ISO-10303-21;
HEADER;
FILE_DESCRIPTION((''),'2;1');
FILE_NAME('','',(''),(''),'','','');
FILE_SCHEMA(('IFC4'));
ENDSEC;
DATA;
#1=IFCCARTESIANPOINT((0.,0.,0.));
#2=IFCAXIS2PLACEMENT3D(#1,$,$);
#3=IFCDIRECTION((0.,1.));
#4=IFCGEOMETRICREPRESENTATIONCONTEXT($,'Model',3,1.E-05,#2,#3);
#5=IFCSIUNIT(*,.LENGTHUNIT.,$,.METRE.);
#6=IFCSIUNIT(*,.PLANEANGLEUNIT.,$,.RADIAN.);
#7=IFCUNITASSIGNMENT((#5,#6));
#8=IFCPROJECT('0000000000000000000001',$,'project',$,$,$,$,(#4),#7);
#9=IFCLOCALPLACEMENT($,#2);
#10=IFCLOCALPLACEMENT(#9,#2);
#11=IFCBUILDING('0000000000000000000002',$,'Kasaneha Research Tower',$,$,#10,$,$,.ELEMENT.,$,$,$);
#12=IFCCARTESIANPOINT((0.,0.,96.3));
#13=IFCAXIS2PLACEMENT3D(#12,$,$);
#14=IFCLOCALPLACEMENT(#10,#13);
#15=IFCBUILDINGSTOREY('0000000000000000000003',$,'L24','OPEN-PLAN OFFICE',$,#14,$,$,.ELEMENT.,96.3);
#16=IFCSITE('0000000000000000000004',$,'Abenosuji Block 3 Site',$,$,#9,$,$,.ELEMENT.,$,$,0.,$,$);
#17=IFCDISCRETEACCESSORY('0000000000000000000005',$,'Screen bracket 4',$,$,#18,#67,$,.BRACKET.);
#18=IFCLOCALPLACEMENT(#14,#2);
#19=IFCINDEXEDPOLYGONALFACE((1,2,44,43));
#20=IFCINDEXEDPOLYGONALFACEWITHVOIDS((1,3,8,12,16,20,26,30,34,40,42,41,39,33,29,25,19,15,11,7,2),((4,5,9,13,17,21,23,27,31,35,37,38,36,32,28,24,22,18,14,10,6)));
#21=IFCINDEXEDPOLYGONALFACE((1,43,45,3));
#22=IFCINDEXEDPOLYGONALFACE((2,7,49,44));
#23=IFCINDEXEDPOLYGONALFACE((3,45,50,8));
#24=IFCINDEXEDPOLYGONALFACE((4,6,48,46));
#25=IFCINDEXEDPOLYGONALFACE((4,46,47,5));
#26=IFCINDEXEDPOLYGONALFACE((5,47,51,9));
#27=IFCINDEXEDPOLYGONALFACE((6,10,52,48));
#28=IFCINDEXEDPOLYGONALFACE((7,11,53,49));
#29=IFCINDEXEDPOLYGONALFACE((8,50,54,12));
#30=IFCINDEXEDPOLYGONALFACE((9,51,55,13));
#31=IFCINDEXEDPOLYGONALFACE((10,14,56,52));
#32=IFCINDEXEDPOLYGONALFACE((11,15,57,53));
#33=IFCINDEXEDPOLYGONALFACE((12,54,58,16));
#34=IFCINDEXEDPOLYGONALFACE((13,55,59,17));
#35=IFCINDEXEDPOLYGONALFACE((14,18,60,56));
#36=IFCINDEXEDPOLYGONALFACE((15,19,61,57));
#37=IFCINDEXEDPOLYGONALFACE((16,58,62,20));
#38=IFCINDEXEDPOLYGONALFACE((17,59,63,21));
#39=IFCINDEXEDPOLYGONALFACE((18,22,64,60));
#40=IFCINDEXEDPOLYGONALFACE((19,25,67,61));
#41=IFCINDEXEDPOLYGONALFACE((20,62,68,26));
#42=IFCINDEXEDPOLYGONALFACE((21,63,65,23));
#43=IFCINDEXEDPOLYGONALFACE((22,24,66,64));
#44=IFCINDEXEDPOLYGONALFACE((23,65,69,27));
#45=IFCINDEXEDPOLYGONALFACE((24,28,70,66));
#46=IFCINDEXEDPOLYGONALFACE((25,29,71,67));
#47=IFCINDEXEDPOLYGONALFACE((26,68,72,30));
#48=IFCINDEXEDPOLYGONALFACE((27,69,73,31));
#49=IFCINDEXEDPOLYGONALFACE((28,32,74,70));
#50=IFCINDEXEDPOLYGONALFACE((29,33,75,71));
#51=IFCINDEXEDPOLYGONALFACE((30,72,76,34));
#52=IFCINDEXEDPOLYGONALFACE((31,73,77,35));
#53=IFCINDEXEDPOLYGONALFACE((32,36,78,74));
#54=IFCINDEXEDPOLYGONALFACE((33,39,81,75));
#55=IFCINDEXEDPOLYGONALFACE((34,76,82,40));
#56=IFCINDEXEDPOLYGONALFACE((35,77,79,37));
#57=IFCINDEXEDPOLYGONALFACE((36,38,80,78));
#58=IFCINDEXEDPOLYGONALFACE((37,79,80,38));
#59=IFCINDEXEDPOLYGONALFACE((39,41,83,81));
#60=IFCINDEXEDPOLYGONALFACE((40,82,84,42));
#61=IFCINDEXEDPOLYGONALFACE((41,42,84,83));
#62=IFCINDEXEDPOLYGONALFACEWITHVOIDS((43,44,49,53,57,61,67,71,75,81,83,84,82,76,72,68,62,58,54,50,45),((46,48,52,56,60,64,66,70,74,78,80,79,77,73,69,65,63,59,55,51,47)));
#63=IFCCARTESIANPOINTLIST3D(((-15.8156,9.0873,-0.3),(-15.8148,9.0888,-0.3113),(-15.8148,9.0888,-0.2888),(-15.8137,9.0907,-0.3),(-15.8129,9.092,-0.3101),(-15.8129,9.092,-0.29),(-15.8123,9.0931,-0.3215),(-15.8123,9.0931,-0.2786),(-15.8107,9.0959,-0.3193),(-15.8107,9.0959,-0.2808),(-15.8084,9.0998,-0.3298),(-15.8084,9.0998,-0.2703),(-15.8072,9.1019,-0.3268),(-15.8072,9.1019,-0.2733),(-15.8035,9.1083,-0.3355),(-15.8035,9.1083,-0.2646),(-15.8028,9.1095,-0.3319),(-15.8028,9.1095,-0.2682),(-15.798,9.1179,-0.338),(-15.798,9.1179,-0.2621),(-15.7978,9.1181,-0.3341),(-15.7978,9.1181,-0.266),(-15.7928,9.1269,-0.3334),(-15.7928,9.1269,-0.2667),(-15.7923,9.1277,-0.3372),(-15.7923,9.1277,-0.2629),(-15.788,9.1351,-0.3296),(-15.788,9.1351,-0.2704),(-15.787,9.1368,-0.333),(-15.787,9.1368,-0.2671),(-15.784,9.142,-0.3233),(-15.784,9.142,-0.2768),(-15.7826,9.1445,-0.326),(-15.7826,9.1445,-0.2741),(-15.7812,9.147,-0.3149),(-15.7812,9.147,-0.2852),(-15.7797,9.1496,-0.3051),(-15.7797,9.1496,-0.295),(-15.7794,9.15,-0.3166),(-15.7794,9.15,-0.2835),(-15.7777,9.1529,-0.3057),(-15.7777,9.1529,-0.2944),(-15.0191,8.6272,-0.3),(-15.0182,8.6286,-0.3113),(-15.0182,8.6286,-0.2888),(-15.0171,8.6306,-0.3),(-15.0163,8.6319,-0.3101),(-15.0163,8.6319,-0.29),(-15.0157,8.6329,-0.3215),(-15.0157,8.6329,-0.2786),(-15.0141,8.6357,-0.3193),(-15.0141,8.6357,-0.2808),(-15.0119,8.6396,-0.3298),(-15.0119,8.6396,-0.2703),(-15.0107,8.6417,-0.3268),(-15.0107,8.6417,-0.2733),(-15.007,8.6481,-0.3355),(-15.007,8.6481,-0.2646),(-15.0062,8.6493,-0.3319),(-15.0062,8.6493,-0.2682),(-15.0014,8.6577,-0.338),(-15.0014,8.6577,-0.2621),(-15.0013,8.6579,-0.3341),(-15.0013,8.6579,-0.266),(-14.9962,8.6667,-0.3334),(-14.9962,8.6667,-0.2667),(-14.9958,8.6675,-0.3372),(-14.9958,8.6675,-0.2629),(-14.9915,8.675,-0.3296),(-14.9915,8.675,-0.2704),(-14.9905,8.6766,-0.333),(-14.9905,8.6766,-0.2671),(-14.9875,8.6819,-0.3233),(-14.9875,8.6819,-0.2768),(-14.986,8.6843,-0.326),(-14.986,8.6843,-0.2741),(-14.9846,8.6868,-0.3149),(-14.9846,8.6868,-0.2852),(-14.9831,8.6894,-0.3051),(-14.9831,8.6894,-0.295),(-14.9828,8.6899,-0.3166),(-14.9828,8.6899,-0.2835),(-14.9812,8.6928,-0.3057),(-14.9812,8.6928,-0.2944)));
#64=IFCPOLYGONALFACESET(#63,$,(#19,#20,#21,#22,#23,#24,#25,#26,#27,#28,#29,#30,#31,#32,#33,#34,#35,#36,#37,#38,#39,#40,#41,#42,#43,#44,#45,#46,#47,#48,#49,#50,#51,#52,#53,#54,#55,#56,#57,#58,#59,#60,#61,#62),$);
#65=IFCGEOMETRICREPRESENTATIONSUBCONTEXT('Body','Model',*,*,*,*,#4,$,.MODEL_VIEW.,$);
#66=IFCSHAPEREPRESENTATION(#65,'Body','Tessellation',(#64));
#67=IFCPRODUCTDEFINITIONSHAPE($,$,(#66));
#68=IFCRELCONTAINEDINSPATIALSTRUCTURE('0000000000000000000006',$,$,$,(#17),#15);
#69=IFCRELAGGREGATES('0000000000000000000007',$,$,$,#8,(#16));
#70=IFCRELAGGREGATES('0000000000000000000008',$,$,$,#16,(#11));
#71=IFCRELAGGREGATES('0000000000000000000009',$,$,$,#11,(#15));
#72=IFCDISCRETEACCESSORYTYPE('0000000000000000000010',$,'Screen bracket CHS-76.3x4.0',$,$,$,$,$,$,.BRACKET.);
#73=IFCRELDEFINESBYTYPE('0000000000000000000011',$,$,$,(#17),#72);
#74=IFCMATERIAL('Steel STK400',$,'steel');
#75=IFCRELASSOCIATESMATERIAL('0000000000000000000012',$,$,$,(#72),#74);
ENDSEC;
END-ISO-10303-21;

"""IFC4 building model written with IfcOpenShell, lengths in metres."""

from ifc_helpers import new_model, si_unit, direction, frame, origin, origin_2d, place, context, subcontext, project, spatial, hollow_circle, extrude, material, material_profile, profile_set, type_object, element, save


model = new_model("IFC4")

# Units and contexts
model_context = context("Model", 3, precision=1e-05, world=origin(), true_north=direction((0.0, 1.0)))
body_context = subcontext(model_context, "Body", "Model", "MODEL_VIEW")
ifc_project = project(units=[si_unit("LENGTHUNIT", "METRE"), si_unit("PLANEANGLEUNIT", "RADIAN")], contexts=[model_context])

# Site, building, storey
site_placement = place(None, origin())
site = spatial("IfcSite", under=ifc_project, at=site_placement, Name="Abenosuji Block 3 Site", CompositionType="ELEMENT", RefElevation=0.0)
building_placement = place(site_placement, origin())
building = spatial("IfcBuilding", under=site, at=building_placement, Name="Kasaneha Research Tower", CompositionType="ELEMENT")
storey_placement = place(building_placement, frame((0.0, 0.0, 96.3)))
storey = spatial("IfcBuildingStorey", under=building, at=storey_placement, Name="L24", Description="OPEN-PLAN OFFICE", CompositionType="ELEMENT", Elevation=96.3)

# Discrete accessory
ifc_material_1 = material(Name="Steel STK400", Category="steel")
ifc_material_profile_1 = material_profile(ifc_material_1, hollow_circle(Radius=0.0381, WallThickness=0.0039, at=origin_2d()), Name="CHS-76.3x4.0")
ifc_profile_set_1 = profile_set([ifc_material_profile_1], Name="Steel STK400")
discrete_accessory_type = type_object("IfcDiscreteAccessoryType", Name="Screen bracket CHS-76.3x4.0", PredefinedType="BRACKET", material=ifc_profile_set_1)
for number, where, z_axis, x_axis, name in (
    (1, (-15.0, 8.6602, -0.3), (-0.865898, 0.50022, 0.0), (-0.50022, -0.865898, 0.0), "Screen bracket 4"),
):
    element("IfcDiscreteAccessory", number, at=place(storey_placement, frame(where, z_axis=z_axis, x_axis=x_axis)), inside=storey, type_object=discrete_accessory_type, Name=name, PredefinedType="BRACKET", context=body_context, shape_type="SweptSolid", body=[
        extrude(hollow_circle(Radius=0.0381, WallThickness=0.0039, at=origin_2d()), origin(), (0.0, 0.0, 1.0), 0.9199),
    ])

save(model, "model.ifc")
